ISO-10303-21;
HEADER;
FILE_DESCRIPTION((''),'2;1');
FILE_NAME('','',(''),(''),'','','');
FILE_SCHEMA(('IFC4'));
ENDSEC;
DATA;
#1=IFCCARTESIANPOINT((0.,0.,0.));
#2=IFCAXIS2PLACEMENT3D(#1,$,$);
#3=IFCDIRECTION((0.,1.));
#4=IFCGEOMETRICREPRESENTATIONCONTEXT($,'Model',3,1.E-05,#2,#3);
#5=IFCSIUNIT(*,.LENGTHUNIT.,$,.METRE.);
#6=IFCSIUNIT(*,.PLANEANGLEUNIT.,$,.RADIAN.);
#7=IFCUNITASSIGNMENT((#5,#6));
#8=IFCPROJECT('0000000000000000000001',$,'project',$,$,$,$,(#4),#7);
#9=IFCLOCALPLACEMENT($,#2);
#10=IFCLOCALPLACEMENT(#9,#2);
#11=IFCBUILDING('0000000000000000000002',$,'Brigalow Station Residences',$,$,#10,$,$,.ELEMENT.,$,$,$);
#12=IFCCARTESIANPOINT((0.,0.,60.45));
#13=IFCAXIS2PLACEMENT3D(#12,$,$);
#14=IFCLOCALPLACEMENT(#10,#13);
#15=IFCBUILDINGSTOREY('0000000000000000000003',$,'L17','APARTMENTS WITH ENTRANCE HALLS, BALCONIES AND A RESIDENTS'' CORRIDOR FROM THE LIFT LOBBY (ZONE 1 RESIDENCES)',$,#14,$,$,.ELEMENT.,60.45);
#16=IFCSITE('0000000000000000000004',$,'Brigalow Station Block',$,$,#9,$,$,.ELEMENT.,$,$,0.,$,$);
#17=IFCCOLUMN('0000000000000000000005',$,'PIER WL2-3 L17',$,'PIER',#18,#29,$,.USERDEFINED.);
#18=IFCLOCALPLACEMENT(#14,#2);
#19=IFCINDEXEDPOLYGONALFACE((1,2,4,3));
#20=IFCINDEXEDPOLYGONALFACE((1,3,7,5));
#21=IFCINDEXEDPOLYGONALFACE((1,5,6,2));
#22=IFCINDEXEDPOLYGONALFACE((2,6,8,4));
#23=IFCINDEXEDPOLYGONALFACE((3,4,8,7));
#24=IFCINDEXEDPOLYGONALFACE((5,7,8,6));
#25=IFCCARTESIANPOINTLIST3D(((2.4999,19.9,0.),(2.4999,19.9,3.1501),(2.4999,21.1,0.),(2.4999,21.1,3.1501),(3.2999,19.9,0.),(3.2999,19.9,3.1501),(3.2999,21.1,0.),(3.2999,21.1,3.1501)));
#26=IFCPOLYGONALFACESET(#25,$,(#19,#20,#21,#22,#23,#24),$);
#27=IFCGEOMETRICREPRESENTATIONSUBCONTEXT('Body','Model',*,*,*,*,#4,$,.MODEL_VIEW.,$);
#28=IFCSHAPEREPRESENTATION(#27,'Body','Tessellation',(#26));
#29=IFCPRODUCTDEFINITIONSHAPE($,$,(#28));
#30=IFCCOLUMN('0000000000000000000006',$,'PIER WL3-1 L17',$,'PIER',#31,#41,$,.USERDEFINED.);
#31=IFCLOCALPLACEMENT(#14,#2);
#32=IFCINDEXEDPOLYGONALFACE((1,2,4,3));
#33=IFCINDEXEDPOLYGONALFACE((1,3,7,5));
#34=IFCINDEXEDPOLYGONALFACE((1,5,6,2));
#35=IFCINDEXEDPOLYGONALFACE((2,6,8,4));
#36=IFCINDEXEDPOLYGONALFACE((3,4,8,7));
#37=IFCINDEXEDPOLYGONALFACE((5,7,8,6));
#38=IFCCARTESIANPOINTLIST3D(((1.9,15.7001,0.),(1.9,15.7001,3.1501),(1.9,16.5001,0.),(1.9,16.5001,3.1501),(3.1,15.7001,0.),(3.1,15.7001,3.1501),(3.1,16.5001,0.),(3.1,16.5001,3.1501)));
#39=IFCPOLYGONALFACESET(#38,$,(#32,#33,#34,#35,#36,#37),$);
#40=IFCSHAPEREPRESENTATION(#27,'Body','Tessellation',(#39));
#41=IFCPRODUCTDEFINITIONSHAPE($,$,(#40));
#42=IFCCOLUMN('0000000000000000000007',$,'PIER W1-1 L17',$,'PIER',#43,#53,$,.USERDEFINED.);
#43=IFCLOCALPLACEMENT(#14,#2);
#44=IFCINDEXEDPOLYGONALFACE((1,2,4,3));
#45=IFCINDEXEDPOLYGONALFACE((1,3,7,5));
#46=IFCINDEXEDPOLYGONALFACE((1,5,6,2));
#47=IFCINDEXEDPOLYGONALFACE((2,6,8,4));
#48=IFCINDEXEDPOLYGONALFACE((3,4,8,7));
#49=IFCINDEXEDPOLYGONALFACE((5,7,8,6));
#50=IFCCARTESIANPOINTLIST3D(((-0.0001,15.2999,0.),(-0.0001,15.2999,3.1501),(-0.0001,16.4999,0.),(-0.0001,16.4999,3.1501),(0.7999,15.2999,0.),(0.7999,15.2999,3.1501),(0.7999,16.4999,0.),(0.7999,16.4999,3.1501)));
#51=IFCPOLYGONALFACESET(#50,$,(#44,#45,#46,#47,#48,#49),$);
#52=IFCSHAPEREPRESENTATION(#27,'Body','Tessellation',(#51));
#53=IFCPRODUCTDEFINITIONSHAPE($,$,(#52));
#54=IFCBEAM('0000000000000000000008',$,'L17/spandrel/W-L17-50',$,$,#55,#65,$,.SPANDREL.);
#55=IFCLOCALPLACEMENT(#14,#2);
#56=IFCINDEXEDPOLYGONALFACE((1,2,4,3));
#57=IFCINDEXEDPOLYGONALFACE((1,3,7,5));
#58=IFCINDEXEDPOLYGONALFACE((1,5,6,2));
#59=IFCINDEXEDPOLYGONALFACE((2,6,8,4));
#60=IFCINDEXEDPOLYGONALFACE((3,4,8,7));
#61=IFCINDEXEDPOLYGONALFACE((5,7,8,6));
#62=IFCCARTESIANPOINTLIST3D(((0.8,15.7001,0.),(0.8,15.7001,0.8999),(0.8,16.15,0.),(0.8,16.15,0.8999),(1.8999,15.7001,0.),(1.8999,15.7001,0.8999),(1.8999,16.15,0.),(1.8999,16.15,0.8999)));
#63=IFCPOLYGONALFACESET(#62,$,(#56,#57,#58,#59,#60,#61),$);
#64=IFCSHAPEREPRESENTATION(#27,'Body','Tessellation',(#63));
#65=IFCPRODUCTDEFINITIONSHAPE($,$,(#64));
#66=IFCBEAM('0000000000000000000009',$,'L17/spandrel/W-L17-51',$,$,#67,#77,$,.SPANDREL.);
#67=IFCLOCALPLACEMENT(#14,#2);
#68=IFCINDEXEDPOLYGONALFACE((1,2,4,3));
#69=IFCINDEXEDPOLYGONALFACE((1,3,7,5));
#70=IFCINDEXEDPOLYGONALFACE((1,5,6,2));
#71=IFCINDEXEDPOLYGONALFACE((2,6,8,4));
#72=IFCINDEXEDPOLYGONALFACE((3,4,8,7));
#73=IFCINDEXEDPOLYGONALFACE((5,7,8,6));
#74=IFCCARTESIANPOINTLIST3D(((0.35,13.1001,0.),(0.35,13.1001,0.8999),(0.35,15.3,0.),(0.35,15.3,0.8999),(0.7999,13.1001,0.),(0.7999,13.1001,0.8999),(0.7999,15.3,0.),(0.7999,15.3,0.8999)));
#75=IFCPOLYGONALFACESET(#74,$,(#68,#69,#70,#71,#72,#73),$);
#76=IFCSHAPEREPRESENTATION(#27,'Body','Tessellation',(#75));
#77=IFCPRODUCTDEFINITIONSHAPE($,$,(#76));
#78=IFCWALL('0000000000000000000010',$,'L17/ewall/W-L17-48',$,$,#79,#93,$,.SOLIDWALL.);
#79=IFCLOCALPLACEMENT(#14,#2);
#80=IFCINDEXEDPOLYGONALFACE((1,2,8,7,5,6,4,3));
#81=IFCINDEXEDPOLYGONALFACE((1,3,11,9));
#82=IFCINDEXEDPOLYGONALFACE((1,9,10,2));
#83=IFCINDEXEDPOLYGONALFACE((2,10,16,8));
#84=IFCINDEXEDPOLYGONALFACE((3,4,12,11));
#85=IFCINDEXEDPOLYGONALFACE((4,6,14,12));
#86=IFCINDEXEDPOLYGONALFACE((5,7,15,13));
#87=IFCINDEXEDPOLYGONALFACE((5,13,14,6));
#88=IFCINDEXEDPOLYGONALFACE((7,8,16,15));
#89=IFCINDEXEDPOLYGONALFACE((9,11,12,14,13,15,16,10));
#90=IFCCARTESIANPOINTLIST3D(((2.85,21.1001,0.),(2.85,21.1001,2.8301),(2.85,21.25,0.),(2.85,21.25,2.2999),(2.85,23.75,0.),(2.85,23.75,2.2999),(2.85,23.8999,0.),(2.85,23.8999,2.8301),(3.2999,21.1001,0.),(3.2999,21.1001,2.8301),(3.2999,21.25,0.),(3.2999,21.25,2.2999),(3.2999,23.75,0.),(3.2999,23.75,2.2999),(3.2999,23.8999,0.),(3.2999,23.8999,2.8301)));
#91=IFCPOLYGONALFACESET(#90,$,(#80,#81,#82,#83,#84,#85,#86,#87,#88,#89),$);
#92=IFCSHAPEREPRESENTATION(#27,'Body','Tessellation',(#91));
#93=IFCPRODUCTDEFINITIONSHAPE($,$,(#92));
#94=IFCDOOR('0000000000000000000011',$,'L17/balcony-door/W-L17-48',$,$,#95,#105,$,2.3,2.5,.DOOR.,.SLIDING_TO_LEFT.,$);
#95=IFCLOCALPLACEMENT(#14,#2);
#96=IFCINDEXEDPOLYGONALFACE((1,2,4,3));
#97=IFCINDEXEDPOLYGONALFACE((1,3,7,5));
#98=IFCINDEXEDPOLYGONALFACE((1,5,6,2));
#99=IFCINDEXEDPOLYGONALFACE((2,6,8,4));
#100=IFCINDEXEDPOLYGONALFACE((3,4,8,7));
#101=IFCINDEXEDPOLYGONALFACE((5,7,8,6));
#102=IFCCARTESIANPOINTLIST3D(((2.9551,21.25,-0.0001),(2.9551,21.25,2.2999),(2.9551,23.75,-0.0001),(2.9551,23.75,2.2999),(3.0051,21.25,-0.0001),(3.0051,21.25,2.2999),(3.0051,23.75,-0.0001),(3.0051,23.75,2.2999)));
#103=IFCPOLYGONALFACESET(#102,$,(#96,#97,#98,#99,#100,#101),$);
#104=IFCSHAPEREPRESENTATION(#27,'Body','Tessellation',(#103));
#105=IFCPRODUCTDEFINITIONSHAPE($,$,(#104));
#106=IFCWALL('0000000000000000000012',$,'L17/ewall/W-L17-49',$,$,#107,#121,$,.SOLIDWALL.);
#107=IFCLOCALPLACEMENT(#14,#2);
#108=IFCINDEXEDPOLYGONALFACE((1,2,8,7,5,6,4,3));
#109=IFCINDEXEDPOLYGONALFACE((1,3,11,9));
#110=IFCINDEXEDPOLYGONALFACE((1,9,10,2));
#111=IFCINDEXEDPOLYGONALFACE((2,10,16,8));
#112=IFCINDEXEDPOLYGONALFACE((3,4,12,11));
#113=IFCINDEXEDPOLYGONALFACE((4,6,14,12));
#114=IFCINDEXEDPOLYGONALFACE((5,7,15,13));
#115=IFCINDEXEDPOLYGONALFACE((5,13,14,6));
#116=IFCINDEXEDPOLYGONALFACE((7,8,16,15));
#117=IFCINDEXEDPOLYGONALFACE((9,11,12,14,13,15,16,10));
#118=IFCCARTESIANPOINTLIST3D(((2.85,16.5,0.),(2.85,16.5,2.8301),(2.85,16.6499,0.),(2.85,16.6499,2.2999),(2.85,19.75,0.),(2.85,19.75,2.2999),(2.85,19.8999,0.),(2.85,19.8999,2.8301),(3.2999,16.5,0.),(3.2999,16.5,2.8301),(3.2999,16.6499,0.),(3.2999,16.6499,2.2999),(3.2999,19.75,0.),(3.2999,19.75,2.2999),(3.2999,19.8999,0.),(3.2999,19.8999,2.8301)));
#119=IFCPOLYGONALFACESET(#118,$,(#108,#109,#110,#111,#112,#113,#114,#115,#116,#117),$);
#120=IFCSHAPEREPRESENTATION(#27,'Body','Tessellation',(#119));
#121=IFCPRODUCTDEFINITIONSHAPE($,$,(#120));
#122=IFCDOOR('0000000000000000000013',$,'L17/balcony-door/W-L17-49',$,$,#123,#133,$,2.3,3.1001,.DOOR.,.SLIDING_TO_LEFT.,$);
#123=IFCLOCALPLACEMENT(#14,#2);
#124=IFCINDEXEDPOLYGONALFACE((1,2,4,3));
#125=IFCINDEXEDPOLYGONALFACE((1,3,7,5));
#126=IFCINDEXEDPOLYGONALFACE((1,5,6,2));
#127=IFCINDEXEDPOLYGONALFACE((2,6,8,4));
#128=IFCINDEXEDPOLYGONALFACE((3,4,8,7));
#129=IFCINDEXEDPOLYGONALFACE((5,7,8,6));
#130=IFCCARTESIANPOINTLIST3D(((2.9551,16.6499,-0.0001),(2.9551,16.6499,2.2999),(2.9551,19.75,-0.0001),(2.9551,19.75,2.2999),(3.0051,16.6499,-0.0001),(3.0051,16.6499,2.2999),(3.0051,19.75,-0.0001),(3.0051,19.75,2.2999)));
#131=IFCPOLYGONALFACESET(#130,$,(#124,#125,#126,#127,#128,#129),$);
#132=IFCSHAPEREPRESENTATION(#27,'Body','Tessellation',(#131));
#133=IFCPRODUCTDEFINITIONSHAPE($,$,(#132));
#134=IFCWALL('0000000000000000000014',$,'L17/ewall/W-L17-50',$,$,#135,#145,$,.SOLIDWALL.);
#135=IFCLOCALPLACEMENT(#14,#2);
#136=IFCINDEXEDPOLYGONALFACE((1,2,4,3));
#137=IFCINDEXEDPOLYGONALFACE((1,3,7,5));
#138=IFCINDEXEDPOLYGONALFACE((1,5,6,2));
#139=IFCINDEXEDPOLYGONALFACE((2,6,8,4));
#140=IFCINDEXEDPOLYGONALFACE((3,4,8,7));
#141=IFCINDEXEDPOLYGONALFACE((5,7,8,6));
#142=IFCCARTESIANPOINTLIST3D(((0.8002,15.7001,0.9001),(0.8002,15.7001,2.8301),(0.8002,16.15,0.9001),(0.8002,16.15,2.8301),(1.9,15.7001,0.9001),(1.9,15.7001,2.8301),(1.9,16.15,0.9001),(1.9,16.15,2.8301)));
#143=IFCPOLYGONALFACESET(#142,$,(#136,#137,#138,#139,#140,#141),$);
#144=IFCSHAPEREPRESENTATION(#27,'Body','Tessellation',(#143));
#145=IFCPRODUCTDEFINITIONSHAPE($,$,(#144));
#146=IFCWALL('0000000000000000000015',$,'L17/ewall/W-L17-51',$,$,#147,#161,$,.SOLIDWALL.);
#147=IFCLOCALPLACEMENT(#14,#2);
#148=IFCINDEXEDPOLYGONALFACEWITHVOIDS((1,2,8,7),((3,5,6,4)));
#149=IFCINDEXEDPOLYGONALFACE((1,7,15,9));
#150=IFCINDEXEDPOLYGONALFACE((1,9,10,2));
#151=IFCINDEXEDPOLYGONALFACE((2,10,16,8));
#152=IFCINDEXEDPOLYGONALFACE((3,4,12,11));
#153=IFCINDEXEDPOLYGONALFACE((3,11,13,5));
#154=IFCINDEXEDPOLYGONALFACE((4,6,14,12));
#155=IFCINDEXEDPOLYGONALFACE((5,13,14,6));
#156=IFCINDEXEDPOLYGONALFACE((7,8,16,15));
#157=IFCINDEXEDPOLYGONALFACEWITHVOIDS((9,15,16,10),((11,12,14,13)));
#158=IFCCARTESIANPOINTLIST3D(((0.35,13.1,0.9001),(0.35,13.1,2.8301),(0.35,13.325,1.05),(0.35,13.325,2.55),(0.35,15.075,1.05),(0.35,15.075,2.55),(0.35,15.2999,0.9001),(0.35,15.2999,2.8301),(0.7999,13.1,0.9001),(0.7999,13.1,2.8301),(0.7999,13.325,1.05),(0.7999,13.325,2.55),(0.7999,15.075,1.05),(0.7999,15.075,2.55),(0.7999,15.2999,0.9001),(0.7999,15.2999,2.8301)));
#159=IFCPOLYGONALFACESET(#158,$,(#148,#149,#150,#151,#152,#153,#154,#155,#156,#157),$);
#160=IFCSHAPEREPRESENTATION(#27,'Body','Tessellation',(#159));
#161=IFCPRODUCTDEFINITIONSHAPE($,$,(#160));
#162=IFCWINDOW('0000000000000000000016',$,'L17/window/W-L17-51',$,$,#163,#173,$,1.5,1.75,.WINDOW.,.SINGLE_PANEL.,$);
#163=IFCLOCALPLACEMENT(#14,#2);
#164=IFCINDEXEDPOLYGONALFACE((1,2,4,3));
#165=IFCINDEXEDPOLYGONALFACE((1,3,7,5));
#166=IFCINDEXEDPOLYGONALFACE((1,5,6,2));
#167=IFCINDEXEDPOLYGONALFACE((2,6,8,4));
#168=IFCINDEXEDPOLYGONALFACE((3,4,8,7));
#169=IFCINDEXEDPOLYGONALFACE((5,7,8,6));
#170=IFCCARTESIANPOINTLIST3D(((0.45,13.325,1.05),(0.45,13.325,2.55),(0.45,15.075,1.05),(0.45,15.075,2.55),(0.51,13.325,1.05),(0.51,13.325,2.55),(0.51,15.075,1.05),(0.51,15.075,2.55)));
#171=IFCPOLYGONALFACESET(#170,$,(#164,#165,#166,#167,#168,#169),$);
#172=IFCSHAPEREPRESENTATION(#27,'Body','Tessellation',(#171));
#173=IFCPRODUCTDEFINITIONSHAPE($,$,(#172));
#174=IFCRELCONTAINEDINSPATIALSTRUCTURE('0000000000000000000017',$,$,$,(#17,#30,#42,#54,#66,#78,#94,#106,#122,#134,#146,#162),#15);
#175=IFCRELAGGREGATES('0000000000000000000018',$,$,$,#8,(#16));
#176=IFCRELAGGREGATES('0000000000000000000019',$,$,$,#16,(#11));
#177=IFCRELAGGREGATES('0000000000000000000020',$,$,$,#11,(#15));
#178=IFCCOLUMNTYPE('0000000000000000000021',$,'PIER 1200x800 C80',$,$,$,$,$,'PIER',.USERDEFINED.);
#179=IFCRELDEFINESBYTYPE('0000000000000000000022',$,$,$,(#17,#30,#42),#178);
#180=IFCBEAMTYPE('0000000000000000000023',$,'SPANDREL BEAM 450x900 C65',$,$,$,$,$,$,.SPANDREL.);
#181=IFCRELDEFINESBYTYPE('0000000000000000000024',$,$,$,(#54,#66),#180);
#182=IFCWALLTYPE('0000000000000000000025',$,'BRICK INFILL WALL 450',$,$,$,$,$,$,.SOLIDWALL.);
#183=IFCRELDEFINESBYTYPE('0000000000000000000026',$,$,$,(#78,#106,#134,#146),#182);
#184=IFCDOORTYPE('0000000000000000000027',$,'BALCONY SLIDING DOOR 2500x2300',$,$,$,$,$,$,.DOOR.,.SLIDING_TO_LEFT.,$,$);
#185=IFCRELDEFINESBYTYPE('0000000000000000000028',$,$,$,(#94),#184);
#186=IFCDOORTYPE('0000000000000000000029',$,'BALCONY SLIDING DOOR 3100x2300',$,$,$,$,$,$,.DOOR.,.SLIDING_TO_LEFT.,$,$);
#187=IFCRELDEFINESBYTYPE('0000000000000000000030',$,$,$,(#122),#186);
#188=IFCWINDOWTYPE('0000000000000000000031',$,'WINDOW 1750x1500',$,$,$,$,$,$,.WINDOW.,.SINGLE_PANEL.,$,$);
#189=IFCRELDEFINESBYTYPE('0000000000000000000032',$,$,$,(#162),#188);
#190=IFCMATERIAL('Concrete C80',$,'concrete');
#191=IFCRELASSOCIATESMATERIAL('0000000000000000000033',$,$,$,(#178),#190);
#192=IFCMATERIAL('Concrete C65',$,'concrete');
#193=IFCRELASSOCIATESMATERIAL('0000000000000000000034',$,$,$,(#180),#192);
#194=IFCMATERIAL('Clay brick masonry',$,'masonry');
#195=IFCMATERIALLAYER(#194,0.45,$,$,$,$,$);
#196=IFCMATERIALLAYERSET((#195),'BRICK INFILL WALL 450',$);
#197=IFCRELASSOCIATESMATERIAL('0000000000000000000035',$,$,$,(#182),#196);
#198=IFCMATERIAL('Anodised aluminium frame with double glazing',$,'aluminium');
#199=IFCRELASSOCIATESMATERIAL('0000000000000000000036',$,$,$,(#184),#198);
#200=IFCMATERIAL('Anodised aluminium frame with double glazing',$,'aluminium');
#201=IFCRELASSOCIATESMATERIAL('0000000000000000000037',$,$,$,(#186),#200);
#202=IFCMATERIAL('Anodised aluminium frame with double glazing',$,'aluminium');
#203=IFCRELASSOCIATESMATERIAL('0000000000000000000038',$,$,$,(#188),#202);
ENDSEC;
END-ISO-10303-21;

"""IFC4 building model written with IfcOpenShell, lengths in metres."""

from ifc_helpers import new_model, si_unit, direction, frame, frame_2d, origin, origin_2d, place, context, subcontext, project, spatial, rectangle, extrude, material, layer, layer_set, material_profile, profile_set, type_object, element, fill, save


model = new_model("IFC4")

# Units and contexts
model_context = context("Model", 3, precision=1e-05, world=origin(), true_north=direction((0.0, 1.0)))
body_context = subcontext(model_context, "Body", "Model", "MODEL_VIEW")
ifc_project = project(units=[si_unit("LENGTHUNIT", "METRE"), si_unit("PLANEANGLEUNIT", "RADIAN")], contexts=[model_context])

# Site, building, storey
site_placement = place(None, origin())
site = spatial("IfcSite", under=ifc_project, at=site_placement, Name="Brigalow Station Block", CompositionType="ELEMENT", RefElevation=0.0)
building_placement = place(site_placement, origin())
building = spatial("IfcBuilding", under=site, at=building_placement, Name="Brigalow Station Residences", CompositionType="ELEMENT")
storey_placement = place(building_placement, frame((0.0, 0.0, 60.45)))
storey = spatial("IfcBuildingStorey", under=building, at=storey_placement, Name="L17", Description="APARTMENTS WITH ENTRANCE HALLS, BALCONIES AND A RESIDENTS' CORRIDOR FROM THE LIFT LOBBY (ZONE 1 RESIDENCES)", CompositionType="ELEMENT", Elevation=60.45)

# Columns
ifc_material_1 = material(Name="Concrete C80", Category="concrete")
ifc_material_profile_1 = material_profile(ifc_material_1, rectangle(XDim=1.2, YDim=0.8, at=origin_2d()), Name="RC1200x800")
ifc_profile_set_1 = profile_set([ifc_material_profile_1], Name="Concrete C80")
column_type = type_object("IfcColumnType", Name="PIER 1200x800 C80", ElementType="PIER", PredefinedType="USERDEFINED", material=ifc_profile_set_1)
for number, where, z_axis, x_axis, name in (
    (1, (2.8999, 20.5, 0.0), (0.0, 0.0, 1.0), (0.0, -1.0, 0.0), "PIER WL2-3 L17"),
    (2, (2.5, 16.1001, 0.0), (0.0, 0.0, 1.0), (-1.0, 0.0, 0.0), "PIER WL3-1 L17"),
    (3, (0.3999, 15.8999, 0.0), (0.0, 0.0, 1.0), (0.0, -1.0, 0.0), "PIER W1-1 L17"),
):
    element("IfcColumn", number, at=place(storey_placement, frame(where, z_axis=z_axis, x_axis=x_axis)), inside=storey, type_object=column_type, Name=name, ObjectType="PIER", PredefinedType="USERDEFINED", context=body_context, shape_type="SweptSolid", body=[
        extrude(rectangle(XDim=1.2, YDim=0.8, at=origin_2d()), origin(), (0.0, 0.0, 1.0), 3.1501),
    ])

# Beams
ifc_material_2 = material(Name="Concrete C65", Category="concrete")
ifc_material_profile_2 = material_profile(ifc_material_2, rectangle(XDim=0.45, YDim=0.8999, at=origin_2d()), Name="RC450x900")
ifc_profile_set_2 = profile_set([ifc_material_profile_2], Name="Concrete C65")
beam_type = type_object("IfcBeamType", Name="SPANDREL BEAM 450x900 C65", PredefinedType="SPANDREL", material=ifc_profile_set_2)
beam_1_placement = place(storey_placement, frame((1.8999, 15.925, 0.45), z_axis=(-1.0, 0.0, 0.0), x_axis=(0.0, -1.0, 0.0)))
element("IfcBeam", 4, at=beam_1_placement, inside=storey, type_object=beam_type, Name="L17/spandrel/W-L17-50", PredefinedType="SPANDREL", context=body_context, shape_type="SweptSolid", body=[
    extrude(rectangle(XDim=0.45, YDim=0.8999, at=origin_2d()), origin(), (0.0, 0.0, 1.0), 1.0999),
])
beam_2_placement = place(storey_placement, frame((0.575, 15.3, 0.45), z_axis=(0.0, -1.0, 0.0), x_axis=(1.0, 0.0, 0.0)))
element("IfcBeam", 5, at=beam_2_placement, inside=storey, type_object=beam_type, Name="L17/spandrel/W-L17-51", PredefinedType="SPANDREL", context=body_context, shape_type="SweptSolid", body=[
    extrude(rectangle(XDim=0.45, YDim=0.8999, at=origin_2d()), origin(), (0.0, 0.0, 1.0), 2.2),
])

# Walls, openings, doors
ifc_material_3 = material(Name="Clay brick masonry", Category="masonry")
ifc_layer_1 = layer(ifc_material_3, 0.45)
ifc_layer_set_1 = layer_set([ifc_layer_1], Name="BRICK INFILL WALL 450")
wall_type_1 = type_object("IfcWallType", Name="BRICK INFILL WALL 450", PredefinedType="SOLIDWALL", material=ifc_layer_set_1)
wall_1_placement = place(storey_placement, frame((3.075, 23.8999, 0.0), z_axis=(0.0, 0.0, 1.0), x_axis=(0.0, -1.0, 0.0)))
wall_1 = element("IfcWall", 6, at=wall_1_placement, inside=storey, type_object=wall_type_1, Name="L17/ewall/W-L17-48", PredefinedType="SOLIDWALL", context=body_context, shape_type="SweptSolid", body=[
    extrude(rectangle(XDim=2.7998, YDim=0.45, at=frame_2d((1.3999, 0.0))), origin(), (0.0, 0.0, 1.0), 2.8301),
])
opening_1_placement = place(wall_1_placement, frame((0.1499, 0.0, 0.0)))
opening_1 = element("IfcOpeningElement", 7, at=opening_1_placement, cuts=wall_1, PredefinedType="OPENING", context=body_context, shape_type="SweptSolid", body=[
    extrude(rectangle(XDim=2.5, YDim=2.3, at=frame_2d((1.25, 1.1499))), frame((0.0, 0.2349, 0.0), z_axis=(0.0, -1.0, 0.0), x_axis=(1.0, 0.0, 0.0)), (0.0, 0.0, 1.0), 0.47),
])
ifc_material_4 = material(Name="Anodised aluminium frame with double glazing", Category="aluminium")
door_type_1 = type_object("IfcDoorType", Name="BALCONY SLIDING DOOR 2500x2300", OperationType="SLIDING_TO_LEFT", PredefinedType="DOOR", material=ifc_material_4)
door_1_placement = place(opening_1_placement, origin())
door_1 = element("IfcDoor", 8, at=door_1_placement, inside=storey, type_object=door_type_1, Name="L17/balcony-door/W-L17-48", OperationType="SLIDING_TO_LEFT", OverallHeight=2.3, OverallWidth=2.5, PredefinedType="DOOR", context=body_context, shape_type="SweptSolid", body=[
    extrude(rectangle(XDim=2.5, YDim=2.3, at=frame_2d((1.25, 1.1499))), frame((0.0, -0.0698, 0.0), z_axis=(0.0, -1.0, 0.0), x_axis=(1.0, 0.0, 0.0)), (0.0, 0.0, 1.0), 0.05),
])
fill(opening_1, door_1)
wall_2_placement = place(storey_placement, frame((3.075, 19.8999, 0.0), z_axis=(0.0, 0.0, 1.0), x_axis=(0.0, -1.0, 0.0)))
wall_2 = element("IfcWall", 9, at=wall_2_placement, inside=storey, type_object=wall_type_1, Name="L17/ewall/W-L17-49", PredefinedType="SOLIDWALL", context=body_context, shape_type="SweptSolid", body=[
    extrude(rectangle(XDim=3.3999, YDim=0.45, at=frame_2d((1.7, 0.0))), origin(), (0.0, 0.0, 1.0), 2.8301),
])
opening_2_placement = place(wall_2_placement, frame((0.1499, 0.0, 0.0)))
opening_2 = element("IfcOpeningElement", 10, at=opening_2_placement, cuts=wall_2, PredefinedType="OPENING", context=body_context, shape_type="SweptSolid", body=[
    extrude(rectangle(XDim=3.1001, YDim=2.3, at=frame_2d((1.55, 1.1499))), frame((0.0, 0.2349, 0.0), z_axis=(0.0, -1.0, 0.0), x_axis=(1.0, 0.0, 0.0)), (0.0, 0.0, 1.0), 0.47),
])
ifc_material_5 = material(Name="Anodised aluminium frame with double glazing", Category="aluminium")
door_type_2 = type_object("IfcDoorType", Name="BALCONY SLIDING DOOR 3100x2300", OperationType="SLIDING_TO_LEFT", PredefinedType="DOOR", material=ifc_material_5)
door_2_placement = place(opening_2_placement, origin())
door_2 = element("IfcDoor", 11, at=door_2_placement, inside=storey, type_object=door_type_2, Name="L17/balcony-door/W-L17-49", OperationType="SLIDING_TO_LEFT", OverallHeight=2.3, OverallWidth=3.1001, PredefinedType="DOOR", context=body_context, shape_type="SweptSolid", body=[
    extrude(rectangle(XDim=3.1001, YDim=2.3, at=frame_2d((1.55, 1.1499))), frame((0.0, -0.0698, 0.0), z_axis=(0.0, -1.0, 0.0), x_axis=(1.0, 0.0, 0.0)), (0.0, 0.0, 1.0), 0.05),
])
fill(opening_2, door_2)

# Wall
wall_3_placement = place(storey_placement, frame((1.8999, 15.925, 0.9001), z_axis=(0.0, 0.0, 1.0), x_axis=(-1.0, 0.0, 0.0)))
element("IfcWall", 12, at=wall_3_placement, inside=storey, type_object=wall_type_1, Name="L17/ewall/W-L17-50", PredefinedType="SOLIDWALL", context=body_context, shape_type="SweptSolid", body=[
    extrude(rectangle(XDim=1.0999, YDim=0.45, at=frame_2d((0.5498, 0.0))), origin(), (0.0, 0.0, 1.0), 1.9299),
])

# Wall, opening, window
wall_4_placement = place(storey_placement, frame((0.575, 15.3, 0.9001), z_axis=(0.0, 0.0, 1.0), x_axis=(0.0, -1.0, 0.0)))
wall_4 = element("IfcWall", 13, at=wall_4_placement, inside=storey, type_object=wall_type_1, Name="L17/ewall/W-L17-51", PredefinedType="SOLIDWALL", context=body_context, shape_type="SweptSolid", body=[
    extrude(rectangle(XDim=2.2, YDim=0.45, at=frame_2d((1.1001, 0.0))), origin(), (0.0, 0.0, 1.0), 1.9299),
])
opening_3_placement = place(wall_4_placement, frame((0.2251, 0.0, 0.1499)))
opening_3 = element("IfcOpeningElement", 14, at=opening_3_placement, cuts=wall_4, PredefinedType="OPENING", context=body_context, shape_type="SweptSolid", body=[
    extrude(rectangle(XDim=1.75, YDim=1.5, at=frame_2d((0.875, 0.75))), frame((0.0, 0.2349, 0.0), z_axis=(0.0, -1.0, 0.0), x_axis=(1.0, 0.0, 0.0)), (0.0, 0.0, 1.0), 0.47),
])
ifc_material_6 = material(Name="Anodised aluminium frame with double glazing", Category="aluminium")
window_type = type_object("IfcWindowType", Name="WINDOW 1750x1500", PartitioningType="SINGLE_PANEL", PredefinedType="WINDOW", material=ifc_material_6)
window_placement = place(opening_3_placement, origin())
window = element("IfcWindow", 15, at=window_placement, inside=storey, type_object=window_type, Name="L17/window/W-L17-51", OverallHeight=1.5, OverallWidth=1.75, PartitioningType="SINGLE_PANEL", PredefinedType="WINDOW", context=body_context, shape_type="SweptSolid", body=[
    extrude(rectangle(XDim=1.75, YDim=1.5, at=frame_2d((0.875, 0.75))), frame((0.0, -0.0649, 0.0), z_axis=(0.0, -1.0, 0.0), x_axis=(1.0, 0.0, 0.0)), (0.0, 0.0, 1.0), 0.0601),
])
fill(opening_3, window)

save(model, "model.ifc")
